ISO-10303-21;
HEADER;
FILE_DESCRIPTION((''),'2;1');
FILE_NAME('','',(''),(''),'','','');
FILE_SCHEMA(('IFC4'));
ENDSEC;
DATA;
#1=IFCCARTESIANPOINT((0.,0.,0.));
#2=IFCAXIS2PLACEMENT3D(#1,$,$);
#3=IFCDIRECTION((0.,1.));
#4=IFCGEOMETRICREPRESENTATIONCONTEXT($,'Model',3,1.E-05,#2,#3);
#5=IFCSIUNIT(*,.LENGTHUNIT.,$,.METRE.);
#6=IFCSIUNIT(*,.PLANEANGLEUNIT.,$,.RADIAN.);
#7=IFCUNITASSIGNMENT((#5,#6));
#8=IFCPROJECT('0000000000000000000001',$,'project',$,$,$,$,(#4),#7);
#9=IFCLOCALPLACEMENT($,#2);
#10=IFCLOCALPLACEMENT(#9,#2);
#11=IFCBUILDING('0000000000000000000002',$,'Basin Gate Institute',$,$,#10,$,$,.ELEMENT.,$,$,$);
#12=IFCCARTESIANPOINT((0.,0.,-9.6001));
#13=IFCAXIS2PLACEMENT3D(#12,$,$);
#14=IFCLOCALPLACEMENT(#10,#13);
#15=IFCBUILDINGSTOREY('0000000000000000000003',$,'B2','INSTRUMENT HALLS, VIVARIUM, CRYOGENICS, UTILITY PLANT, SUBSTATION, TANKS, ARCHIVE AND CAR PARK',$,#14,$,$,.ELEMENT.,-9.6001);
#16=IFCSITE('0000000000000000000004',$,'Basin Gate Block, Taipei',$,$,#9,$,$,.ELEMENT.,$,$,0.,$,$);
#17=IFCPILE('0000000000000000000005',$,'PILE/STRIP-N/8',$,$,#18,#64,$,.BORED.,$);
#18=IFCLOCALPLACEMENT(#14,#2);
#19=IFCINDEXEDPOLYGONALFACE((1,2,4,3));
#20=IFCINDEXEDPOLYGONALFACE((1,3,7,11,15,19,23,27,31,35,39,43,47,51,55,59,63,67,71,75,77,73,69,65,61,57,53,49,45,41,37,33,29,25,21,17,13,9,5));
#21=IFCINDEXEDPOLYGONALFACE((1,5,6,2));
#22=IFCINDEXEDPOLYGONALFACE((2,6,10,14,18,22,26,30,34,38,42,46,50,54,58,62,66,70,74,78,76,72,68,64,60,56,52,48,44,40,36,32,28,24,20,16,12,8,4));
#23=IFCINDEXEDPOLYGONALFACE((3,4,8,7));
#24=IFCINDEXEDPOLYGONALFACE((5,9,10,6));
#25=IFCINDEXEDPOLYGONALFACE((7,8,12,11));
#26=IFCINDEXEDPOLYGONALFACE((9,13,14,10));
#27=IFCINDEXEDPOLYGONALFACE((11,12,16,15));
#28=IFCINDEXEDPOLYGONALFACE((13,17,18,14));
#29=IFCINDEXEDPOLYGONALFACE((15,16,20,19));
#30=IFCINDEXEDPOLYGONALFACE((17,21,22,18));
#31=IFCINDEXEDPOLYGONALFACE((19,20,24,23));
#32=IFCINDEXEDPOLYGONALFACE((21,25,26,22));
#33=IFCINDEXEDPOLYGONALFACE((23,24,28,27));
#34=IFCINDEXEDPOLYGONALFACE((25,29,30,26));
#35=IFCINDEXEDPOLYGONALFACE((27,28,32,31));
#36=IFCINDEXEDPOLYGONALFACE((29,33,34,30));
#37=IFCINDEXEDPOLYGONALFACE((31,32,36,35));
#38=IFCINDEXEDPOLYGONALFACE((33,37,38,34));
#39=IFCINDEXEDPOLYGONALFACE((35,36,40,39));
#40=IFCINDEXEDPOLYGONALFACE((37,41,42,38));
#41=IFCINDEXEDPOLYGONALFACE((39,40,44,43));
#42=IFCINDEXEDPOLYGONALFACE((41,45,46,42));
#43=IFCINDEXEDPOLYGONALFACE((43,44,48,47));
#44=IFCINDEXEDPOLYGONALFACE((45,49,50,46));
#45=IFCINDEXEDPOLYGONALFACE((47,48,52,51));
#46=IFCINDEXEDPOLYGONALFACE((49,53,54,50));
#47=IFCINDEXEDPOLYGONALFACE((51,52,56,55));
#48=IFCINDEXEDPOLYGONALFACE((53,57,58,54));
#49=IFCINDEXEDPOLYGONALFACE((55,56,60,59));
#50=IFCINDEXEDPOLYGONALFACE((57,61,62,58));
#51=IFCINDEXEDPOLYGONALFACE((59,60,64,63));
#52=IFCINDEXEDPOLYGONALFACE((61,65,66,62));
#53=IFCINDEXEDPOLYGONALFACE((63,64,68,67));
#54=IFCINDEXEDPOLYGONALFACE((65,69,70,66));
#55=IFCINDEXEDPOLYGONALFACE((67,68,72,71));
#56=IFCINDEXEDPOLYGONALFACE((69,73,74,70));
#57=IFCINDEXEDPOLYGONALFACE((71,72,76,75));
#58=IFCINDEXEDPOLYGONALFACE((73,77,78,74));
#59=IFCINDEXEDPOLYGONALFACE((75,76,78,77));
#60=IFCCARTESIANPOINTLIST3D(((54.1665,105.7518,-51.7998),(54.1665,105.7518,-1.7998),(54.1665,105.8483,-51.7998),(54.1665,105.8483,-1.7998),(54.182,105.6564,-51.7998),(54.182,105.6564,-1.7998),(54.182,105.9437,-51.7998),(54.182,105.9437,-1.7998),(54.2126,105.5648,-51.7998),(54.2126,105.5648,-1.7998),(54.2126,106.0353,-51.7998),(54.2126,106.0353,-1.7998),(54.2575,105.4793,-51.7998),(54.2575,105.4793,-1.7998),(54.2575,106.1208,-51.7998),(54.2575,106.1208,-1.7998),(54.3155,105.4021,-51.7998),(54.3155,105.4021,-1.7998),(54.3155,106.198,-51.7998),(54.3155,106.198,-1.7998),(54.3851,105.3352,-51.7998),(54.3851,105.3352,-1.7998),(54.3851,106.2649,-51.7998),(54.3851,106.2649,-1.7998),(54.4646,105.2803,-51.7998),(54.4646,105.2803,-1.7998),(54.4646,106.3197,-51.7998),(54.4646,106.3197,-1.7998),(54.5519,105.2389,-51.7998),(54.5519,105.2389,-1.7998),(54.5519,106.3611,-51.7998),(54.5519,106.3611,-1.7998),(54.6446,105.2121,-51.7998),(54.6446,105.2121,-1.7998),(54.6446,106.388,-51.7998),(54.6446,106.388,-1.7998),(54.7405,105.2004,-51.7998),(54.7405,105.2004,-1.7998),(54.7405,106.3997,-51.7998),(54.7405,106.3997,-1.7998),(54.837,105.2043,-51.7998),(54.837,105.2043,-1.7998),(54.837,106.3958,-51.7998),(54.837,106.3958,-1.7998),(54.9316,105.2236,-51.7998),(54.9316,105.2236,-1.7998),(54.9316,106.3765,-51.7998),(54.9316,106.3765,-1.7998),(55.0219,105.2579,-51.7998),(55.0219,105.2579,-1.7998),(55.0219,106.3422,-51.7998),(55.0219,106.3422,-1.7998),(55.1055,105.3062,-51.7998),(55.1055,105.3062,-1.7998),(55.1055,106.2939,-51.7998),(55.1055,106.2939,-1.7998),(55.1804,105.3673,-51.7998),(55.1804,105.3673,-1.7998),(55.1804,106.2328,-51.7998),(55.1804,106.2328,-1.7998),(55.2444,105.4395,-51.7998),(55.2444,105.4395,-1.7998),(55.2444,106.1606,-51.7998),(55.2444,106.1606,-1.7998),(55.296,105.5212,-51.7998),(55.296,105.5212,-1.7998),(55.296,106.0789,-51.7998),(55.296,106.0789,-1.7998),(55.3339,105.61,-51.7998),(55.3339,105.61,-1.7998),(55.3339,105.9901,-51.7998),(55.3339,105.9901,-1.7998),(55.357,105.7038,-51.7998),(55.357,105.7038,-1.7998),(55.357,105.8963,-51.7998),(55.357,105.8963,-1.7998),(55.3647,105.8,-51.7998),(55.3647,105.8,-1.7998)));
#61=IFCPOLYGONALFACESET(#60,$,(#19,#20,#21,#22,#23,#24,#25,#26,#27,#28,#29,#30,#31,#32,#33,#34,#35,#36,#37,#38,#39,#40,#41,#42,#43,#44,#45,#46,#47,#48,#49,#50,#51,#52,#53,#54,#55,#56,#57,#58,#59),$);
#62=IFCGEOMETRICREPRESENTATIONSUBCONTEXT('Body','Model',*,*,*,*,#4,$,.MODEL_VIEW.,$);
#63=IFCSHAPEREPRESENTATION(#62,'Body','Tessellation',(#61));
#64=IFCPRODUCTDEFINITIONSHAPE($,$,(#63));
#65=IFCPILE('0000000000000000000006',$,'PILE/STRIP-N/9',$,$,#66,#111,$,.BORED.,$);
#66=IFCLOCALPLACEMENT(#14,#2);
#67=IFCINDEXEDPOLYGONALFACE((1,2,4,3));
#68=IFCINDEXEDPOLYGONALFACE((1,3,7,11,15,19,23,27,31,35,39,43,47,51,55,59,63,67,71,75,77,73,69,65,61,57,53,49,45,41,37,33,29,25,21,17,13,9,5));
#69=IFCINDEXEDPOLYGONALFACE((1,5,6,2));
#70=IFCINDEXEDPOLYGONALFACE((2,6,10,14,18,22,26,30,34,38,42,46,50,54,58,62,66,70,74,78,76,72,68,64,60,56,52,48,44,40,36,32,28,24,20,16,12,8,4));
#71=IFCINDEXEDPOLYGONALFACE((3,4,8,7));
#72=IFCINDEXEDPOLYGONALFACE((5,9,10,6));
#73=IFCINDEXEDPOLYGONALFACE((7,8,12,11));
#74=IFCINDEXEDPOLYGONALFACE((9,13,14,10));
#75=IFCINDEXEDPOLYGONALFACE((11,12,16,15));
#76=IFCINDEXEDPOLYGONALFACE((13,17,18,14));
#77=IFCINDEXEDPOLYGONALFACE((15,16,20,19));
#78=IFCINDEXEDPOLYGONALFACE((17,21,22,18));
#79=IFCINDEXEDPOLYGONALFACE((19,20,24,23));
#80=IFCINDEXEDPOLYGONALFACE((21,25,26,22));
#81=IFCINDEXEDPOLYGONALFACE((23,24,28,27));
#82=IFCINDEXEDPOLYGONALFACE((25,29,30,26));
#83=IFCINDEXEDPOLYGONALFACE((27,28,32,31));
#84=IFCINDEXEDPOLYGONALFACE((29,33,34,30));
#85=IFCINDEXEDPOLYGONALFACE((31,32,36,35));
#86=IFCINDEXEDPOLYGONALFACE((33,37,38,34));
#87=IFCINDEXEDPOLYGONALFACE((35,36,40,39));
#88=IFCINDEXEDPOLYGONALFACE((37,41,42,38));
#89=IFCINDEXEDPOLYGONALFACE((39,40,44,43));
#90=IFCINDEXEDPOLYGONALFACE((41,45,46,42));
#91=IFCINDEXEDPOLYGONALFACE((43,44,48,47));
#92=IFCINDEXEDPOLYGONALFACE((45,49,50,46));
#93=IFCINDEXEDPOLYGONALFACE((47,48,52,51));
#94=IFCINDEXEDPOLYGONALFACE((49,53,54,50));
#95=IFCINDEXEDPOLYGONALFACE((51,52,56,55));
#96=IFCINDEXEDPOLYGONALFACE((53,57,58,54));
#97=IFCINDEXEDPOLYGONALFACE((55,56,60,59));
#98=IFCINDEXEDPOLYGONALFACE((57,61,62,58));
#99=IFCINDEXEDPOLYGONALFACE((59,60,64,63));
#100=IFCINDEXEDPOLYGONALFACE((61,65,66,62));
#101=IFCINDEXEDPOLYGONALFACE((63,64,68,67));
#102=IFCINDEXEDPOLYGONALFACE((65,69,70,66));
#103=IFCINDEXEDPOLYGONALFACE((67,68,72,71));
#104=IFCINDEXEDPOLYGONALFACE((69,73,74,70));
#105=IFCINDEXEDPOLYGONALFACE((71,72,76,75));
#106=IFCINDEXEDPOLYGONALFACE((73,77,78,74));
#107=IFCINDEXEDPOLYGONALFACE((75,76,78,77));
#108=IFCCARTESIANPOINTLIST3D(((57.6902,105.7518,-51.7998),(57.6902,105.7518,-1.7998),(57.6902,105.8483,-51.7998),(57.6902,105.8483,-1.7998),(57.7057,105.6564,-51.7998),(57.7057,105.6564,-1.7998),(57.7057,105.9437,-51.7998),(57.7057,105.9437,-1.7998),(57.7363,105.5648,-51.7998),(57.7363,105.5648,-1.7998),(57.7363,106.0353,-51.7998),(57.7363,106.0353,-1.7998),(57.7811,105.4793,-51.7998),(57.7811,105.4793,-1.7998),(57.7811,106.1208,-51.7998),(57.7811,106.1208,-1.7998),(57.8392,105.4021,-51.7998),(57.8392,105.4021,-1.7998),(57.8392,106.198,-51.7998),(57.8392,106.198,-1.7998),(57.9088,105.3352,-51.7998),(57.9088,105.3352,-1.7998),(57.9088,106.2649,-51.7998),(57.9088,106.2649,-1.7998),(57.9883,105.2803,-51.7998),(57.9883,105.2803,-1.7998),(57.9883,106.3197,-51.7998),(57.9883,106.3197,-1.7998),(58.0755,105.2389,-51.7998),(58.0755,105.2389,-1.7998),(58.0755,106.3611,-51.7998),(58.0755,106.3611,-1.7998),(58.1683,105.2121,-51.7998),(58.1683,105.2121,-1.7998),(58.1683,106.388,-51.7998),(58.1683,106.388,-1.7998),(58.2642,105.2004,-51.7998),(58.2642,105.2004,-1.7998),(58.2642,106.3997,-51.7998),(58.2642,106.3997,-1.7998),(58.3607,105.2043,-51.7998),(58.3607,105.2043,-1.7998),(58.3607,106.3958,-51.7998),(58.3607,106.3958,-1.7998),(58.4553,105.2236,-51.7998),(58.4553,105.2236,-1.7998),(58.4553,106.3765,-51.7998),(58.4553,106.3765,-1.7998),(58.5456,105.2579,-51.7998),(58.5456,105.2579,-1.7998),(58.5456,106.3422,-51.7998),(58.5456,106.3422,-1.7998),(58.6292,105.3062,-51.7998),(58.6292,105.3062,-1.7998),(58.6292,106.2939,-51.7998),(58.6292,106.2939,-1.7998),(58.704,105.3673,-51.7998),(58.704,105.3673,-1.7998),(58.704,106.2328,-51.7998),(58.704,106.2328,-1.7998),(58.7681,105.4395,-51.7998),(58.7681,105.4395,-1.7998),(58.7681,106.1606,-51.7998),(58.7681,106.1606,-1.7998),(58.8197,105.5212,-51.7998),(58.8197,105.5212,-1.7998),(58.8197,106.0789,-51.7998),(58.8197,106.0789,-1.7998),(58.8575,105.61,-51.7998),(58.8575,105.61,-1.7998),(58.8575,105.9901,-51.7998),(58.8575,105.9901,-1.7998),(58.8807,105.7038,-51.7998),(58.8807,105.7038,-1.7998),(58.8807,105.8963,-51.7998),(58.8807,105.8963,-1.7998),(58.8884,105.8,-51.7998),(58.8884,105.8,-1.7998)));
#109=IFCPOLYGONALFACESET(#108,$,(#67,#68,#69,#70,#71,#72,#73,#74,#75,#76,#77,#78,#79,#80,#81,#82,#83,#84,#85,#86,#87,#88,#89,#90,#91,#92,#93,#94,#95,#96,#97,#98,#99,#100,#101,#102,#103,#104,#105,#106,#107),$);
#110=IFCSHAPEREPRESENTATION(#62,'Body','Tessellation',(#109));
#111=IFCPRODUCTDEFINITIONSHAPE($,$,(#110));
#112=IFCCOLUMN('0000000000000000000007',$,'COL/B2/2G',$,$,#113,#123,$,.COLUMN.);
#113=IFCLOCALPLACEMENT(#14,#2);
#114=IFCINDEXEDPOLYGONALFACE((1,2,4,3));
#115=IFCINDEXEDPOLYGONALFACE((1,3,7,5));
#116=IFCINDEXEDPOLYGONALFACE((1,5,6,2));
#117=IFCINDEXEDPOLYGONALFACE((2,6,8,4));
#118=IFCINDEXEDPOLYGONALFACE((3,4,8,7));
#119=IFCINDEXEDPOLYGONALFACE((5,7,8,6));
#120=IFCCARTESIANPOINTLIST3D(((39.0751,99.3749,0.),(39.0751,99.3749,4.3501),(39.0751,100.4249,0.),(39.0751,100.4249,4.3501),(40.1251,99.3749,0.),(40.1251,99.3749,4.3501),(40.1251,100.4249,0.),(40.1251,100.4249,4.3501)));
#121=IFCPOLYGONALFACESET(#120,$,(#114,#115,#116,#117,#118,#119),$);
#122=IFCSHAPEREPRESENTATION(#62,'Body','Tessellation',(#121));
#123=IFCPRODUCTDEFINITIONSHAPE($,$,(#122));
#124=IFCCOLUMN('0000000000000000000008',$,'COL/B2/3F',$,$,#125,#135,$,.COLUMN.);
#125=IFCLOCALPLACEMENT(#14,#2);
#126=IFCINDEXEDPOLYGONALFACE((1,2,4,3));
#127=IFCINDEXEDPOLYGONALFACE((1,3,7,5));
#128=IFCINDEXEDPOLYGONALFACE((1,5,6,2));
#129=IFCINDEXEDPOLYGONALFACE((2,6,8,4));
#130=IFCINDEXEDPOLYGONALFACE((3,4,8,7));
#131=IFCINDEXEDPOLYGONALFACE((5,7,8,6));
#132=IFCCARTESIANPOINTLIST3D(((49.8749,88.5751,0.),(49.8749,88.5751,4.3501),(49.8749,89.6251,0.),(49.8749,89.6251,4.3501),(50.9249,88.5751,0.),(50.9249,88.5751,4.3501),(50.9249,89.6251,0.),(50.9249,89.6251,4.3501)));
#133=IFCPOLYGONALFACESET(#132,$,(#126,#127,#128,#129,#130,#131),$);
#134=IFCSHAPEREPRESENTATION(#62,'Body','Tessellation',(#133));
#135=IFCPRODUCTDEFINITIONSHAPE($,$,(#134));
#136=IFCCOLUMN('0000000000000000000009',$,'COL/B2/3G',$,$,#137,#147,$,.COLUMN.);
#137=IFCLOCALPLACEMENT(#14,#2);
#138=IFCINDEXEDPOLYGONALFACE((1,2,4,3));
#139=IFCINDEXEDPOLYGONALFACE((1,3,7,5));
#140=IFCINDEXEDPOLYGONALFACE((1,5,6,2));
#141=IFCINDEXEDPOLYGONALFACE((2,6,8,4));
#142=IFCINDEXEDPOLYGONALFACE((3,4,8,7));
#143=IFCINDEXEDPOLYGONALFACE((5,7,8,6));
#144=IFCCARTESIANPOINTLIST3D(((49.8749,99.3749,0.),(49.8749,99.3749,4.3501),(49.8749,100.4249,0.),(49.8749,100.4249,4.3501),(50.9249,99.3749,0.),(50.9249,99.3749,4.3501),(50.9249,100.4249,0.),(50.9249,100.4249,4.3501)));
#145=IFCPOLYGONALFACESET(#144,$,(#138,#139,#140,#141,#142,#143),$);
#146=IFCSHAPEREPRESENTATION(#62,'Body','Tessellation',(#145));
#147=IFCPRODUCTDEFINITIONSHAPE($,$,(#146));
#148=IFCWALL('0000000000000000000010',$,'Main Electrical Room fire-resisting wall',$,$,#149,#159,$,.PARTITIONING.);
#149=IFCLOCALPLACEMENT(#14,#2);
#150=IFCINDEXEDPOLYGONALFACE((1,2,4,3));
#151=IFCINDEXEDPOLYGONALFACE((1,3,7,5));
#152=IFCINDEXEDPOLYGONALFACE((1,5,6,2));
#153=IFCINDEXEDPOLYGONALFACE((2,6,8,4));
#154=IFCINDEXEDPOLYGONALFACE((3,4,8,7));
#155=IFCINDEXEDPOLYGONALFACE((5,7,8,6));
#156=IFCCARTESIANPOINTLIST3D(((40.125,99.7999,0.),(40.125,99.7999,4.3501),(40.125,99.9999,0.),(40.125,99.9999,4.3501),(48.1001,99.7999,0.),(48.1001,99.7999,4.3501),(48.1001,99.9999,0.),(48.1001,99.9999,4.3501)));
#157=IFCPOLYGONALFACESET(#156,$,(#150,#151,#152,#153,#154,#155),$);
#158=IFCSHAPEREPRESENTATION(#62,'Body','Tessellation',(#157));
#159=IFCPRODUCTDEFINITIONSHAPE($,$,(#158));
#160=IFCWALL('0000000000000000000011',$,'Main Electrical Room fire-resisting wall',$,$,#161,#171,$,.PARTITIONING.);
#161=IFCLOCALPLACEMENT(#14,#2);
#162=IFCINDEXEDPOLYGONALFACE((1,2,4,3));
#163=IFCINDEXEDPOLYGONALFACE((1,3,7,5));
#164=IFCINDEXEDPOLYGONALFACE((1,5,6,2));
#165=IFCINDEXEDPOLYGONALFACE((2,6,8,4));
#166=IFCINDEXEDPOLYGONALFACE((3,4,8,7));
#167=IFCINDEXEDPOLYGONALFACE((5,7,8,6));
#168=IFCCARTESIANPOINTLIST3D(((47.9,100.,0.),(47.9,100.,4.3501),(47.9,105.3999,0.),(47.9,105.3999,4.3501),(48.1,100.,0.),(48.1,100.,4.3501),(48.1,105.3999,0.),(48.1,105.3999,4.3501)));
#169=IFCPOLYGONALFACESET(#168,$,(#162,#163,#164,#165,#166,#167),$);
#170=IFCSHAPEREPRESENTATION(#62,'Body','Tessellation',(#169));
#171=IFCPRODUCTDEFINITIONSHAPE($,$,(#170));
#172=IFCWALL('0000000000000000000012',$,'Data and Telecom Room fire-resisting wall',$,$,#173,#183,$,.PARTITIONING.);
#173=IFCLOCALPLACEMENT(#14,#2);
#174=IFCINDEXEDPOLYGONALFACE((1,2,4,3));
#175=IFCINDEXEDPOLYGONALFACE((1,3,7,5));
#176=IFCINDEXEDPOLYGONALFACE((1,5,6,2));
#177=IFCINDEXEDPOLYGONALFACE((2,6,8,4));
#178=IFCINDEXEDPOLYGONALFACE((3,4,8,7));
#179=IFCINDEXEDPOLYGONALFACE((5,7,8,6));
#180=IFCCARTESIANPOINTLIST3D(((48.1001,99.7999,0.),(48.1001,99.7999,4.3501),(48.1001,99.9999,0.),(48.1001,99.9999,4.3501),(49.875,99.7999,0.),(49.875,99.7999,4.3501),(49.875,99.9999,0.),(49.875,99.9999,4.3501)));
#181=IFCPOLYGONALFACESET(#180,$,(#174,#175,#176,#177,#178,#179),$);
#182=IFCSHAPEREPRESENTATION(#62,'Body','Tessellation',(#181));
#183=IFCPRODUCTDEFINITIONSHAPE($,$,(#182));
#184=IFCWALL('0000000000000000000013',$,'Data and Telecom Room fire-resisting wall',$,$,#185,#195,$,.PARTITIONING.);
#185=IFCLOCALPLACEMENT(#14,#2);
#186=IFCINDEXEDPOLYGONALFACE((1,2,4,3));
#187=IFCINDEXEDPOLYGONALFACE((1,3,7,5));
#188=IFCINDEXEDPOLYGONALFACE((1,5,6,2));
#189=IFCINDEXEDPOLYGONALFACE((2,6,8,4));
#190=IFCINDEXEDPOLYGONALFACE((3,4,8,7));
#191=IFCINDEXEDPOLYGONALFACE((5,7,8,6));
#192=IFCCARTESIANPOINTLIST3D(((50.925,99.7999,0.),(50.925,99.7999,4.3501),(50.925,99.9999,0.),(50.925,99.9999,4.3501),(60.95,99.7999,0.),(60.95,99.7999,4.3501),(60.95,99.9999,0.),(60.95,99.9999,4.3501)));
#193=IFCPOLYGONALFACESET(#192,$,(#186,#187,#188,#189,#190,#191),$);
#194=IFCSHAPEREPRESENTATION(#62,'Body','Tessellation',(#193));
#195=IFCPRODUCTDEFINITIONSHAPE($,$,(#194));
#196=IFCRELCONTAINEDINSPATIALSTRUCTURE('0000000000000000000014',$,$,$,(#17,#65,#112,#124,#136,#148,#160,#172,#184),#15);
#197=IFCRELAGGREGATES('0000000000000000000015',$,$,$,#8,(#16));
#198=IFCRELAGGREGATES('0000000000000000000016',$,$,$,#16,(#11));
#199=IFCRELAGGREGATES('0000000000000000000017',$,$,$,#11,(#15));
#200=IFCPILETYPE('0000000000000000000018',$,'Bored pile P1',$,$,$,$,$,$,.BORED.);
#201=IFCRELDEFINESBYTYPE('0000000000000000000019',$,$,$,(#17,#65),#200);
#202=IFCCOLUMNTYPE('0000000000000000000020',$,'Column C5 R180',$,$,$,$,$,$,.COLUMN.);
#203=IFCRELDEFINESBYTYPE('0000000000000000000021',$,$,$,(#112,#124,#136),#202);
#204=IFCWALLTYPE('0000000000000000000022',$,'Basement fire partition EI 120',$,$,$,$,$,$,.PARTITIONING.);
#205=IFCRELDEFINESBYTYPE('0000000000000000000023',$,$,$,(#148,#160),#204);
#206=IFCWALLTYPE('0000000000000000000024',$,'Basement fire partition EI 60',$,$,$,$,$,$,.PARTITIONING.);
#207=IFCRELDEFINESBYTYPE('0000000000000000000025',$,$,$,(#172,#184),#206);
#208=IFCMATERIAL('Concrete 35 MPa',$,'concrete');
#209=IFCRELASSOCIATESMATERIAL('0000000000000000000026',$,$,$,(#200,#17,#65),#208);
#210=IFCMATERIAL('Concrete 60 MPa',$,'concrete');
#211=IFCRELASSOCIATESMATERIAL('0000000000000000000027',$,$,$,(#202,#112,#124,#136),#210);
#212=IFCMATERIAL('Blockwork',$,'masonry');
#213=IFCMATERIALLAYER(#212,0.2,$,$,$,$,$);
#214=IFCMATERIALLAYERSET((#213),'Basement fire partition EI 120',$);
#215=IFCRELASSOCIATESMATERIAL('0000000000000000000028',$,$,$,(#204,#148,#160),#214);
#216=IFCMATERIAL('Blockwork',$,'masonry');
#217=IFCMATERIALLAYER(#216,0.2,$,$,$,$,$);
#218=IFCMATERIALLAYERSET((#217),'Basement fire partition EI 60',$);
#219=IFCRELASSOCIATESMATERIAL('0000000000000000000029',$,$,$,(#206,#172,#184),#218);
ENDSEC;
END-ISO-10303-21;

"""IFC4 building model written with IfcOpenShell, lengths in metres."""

from ifc_helpers import new_model, si_unit, direction, frame, frame_2d, origin, origin_2d, place, context, subcontext, project, spatial, rectangle, circle, extrude, material, layer, layer_set, material_profile, profile_set, type_object, element, save


model = new_model("IFC4")

# Units and contexts
model_context = context("Model", 3, precision=1e-05, world=origin(), true_north=direction((0.0, 1.0)))
body_context = subcontext(model_context, "Body", "Model", "MODEL_VIEW")
ifc_project = project(units=[si_unit("LENGTHUNIT", "METRE"), si_unit("PLANEANGLEUNIT", "RADIAN")], contexts=[model_context])

# Site, building, storey
site_placement = place(None, origin())
site = spatial("IfcSite", under=ifc_project, at=site_placement, Name="Basin Gate Block, Taipei", CompositionType="ELEMENT", RefElevation=0.0)
building_placement = place(site_placement, origin())
building = spatial("IfcBuilding", under=site, at=building_placement, Name="Basin Gate Institute", CompositionType="ELEMENT")
storey_placement = place(building_placement, frame((0.0, 0.0, -9.6001)))
storey = spatial("IfcBuildingStorey", under=building, at=storey_placement, Name="B2", Description="INSTRUMENT HALLS, VIVARIUM, CRYOGENICS, UTILITY PLANT, SUBSTATION, TANKS, ARCHIVE AND CAR PARK", CompositionType="ELEMENT", Elevation=-9.6001)

# Piles
ifc_material_1 = material(Name="Concrete 35 MPa", Category="concrete")
ifc_material_profile_1 = material_profile(ifc_material_1, circle(Radius=0.6001, at=origin_2d()), Name="Bored pile P1 1200 dia")
ifc_profile_set_1 = profile_set([ifc_material_profile_1], Name="Concrete 35 MPa")
pile_type = type_object("IfcPileType", Name="Bored pile P1", PredefinedType="BORED", material=ifc_profile_set_1)
for number, where, z_axis, x_axis, name in (
    (1, (54.7646, 105.8, -1.7998), (0.0, 0.0, -1.0), (1.0, 0.0, 0.0), "PILE/STRIP-N/8"),
    (2, (58.2883, 105.8, -1.7998), (0.0, 0.0, -1.0), (1.0, 0.0, 0.0), "PILE/STRIP-N/9"),
):
    element("IfcPile", number, at=place(storey_placement, frame(where, z_axis=z_axis, x_axis=x_axis)), inside=storey, type_object=pile_type, material=ifc_profile_set_1, Name=name, PredefinedType="BORED", context=body_context, shape_type="SweptSolid", body=[
        extrude(circle(Radius=0.6001, at=origin_2d()), origin(), (0.0, 0.0, 1.0), 50.0),
    ])

# Columns
ifc_material_2 = material(Name="Concrete 60 MPa", Category="concrete")
ifc_material_profile_2 = material_profile(ifc_material_2, rectangle(XDim=1.05, YDim=1.05, at=origin_2d()), Name="Column C5 1050 x 1050")
ifc_profile_set_2 = profile_set([ifc_material_profile_2], Name="Concrete 60 MPa")
column_type = type_object("IfcColumnType", Name="Column C5 R180", PredefinedType="COLUMN", material=ifc_profile_set_2)
for number, where, z_axis, x_axis, name in (
    (3, (39.6001, 99.8999, 0.0), (0.0, 0.0, 1.0), (1.0, 0.0, 0.0), "COL/B2/2G"),
    (4, (50.3999, 89.1001, 0.0), (0.0, 0.0, 1.0), (1.0, 0.0, 0.0), "COL/B2/3F"),
    (5, (50.3999, 99.8999, 0.0), (0.0, 0.0, 1.0), (1.0, 0.0, 0.0), "COL/B2/3G"),
):
    element("IfcColumn", number, at=place(storey_placement, frame(where, z_axis=z_axis, x_axis=x_axis)), inside=storey, type_object=column_type, material=ifc_profile_set_2, Name=name, PredefinedType="COLUMN", context=body_context, shape_type="SweptSolid", body=[
        extrude(rectangle(XDim=1.05, YDim=1.05, at=origin_2d()), origin(), (0.0, 0.0, 1.0), 4.3501),
    ])

# Walls
ifc_material_3 = material(Name="Blockwork", Category="masonry")
ifc_layer_1 = layer(ifc_material_3, 0.2)
ifc_layer_set_1 = layer_set([ifc_layer_1], Name="Basement fire partition EI 120")
wall_type_1 = type_object("IfcWallType", Name="Basement fire partition EI 120", PredefinedType="PARTITIONING", material=ifc_layer_set_1)
wall_1_placement = place(storey_placement, frame((40.125, 99.8999, 0.0), z_axis=(0.0, 0.0, 1.0), x_axis=(1.0, 0.0, 0.0)))
element("IfcWall", 6, at=wall_1_placement, inside=storey, type_object=wall_type_1, material=ifc_layer_set_1, Name="Main Electrical Room fire-resisting wall", PredefinedType="PARTITIONING", context=body_context, shape_type="SweptSolid", body=[
    extrude(rectangle(XDim=7.9751, YDim=0.2, at=frame_2d((3.9875, 0.0))), origin(), (0.0, 0.0, 1.0), 4.3501),
])
wall_2_placement = place(storey_placement, frame((48.0, 100.0, 0.0), z_axis=(0.0, 0.0, 1.0), x_axis=(0.0, 1.0, 0.0)))
element("IfcWall", 7, at=wall_2_placement, inside=storey, type_object=wall_type_1, material=ifc_layer_set_1, Name="Main Electrical Room fire-resisting wall", PredefinedType="PARTITIONING", context=body_context, shape_type="SweptSolid", body=[
    extrude(rectangle(XDim=5.3999, YDim=0.2, at=frame_2d((2.7, 0.0))), origin(), (0.0, 0.0, 1.0), 4.3501),
])
ifc_material_4 = material(Name="Blockwork", Category="masonry")
ifc_layer_2 = layer(ifc_material_4, 0.2)
ifc_layer_set_2 = layer_set([ifc_layer_2], Name="Basement fire partition EI 60")
wall_type_2 = type_object("IfcWallType", Name="Basement fire partition EI 60", PredefinedType="PARTITIONING", material=ifc_layer_set_2)
wall_3_placement = place(storey_placement, frame((48.1001, 99.8999, 0.0), z_axis=(0.0, 0.0, 1.0), x_axis=(1.0, 0.0, 0.0)))
element("IfcWall", 8, at=wall_3_placement, inside=storey, type_object=wall_type_2, material=ifc_layer_set_2, Name="Data and Telecom Room fire-resisting wall", PredefinedType="PARTITIONING", context=body_context, shape_type="SweptSolid", body=[
    extrude(rectangle(XDim=1.7749, YDim=0.2, at=frame_2d((0.8875, 0.0))), origin(), (0.0, 0.0, 1.0), 4.3501),
])
wall_4_placement = place(storey_placement, frame((50.925, 99.8999, 0.0), z_axis=(0.0, 0.0, 1.0), x_axis=(1.0, 0.0, 0.0)))
element("IfcWall", 9, at=wall_4_placement, inside=storey, type_object=wall_type_2, material=ifc_layer_set_2, Name="Data and Telecom Room fire-resisting wall", PredefinedType="PARTITIONING", context=body_context, shape_type="SweptSolid", body=[
    extrude(rectangle(XDim=10.0249, YDim=0.2, at=frame_2d((5.0125, 0.0))), origin(), (0.0, 0.0, 1.0), 4.3501),
])

save(model, "model.ifc")
